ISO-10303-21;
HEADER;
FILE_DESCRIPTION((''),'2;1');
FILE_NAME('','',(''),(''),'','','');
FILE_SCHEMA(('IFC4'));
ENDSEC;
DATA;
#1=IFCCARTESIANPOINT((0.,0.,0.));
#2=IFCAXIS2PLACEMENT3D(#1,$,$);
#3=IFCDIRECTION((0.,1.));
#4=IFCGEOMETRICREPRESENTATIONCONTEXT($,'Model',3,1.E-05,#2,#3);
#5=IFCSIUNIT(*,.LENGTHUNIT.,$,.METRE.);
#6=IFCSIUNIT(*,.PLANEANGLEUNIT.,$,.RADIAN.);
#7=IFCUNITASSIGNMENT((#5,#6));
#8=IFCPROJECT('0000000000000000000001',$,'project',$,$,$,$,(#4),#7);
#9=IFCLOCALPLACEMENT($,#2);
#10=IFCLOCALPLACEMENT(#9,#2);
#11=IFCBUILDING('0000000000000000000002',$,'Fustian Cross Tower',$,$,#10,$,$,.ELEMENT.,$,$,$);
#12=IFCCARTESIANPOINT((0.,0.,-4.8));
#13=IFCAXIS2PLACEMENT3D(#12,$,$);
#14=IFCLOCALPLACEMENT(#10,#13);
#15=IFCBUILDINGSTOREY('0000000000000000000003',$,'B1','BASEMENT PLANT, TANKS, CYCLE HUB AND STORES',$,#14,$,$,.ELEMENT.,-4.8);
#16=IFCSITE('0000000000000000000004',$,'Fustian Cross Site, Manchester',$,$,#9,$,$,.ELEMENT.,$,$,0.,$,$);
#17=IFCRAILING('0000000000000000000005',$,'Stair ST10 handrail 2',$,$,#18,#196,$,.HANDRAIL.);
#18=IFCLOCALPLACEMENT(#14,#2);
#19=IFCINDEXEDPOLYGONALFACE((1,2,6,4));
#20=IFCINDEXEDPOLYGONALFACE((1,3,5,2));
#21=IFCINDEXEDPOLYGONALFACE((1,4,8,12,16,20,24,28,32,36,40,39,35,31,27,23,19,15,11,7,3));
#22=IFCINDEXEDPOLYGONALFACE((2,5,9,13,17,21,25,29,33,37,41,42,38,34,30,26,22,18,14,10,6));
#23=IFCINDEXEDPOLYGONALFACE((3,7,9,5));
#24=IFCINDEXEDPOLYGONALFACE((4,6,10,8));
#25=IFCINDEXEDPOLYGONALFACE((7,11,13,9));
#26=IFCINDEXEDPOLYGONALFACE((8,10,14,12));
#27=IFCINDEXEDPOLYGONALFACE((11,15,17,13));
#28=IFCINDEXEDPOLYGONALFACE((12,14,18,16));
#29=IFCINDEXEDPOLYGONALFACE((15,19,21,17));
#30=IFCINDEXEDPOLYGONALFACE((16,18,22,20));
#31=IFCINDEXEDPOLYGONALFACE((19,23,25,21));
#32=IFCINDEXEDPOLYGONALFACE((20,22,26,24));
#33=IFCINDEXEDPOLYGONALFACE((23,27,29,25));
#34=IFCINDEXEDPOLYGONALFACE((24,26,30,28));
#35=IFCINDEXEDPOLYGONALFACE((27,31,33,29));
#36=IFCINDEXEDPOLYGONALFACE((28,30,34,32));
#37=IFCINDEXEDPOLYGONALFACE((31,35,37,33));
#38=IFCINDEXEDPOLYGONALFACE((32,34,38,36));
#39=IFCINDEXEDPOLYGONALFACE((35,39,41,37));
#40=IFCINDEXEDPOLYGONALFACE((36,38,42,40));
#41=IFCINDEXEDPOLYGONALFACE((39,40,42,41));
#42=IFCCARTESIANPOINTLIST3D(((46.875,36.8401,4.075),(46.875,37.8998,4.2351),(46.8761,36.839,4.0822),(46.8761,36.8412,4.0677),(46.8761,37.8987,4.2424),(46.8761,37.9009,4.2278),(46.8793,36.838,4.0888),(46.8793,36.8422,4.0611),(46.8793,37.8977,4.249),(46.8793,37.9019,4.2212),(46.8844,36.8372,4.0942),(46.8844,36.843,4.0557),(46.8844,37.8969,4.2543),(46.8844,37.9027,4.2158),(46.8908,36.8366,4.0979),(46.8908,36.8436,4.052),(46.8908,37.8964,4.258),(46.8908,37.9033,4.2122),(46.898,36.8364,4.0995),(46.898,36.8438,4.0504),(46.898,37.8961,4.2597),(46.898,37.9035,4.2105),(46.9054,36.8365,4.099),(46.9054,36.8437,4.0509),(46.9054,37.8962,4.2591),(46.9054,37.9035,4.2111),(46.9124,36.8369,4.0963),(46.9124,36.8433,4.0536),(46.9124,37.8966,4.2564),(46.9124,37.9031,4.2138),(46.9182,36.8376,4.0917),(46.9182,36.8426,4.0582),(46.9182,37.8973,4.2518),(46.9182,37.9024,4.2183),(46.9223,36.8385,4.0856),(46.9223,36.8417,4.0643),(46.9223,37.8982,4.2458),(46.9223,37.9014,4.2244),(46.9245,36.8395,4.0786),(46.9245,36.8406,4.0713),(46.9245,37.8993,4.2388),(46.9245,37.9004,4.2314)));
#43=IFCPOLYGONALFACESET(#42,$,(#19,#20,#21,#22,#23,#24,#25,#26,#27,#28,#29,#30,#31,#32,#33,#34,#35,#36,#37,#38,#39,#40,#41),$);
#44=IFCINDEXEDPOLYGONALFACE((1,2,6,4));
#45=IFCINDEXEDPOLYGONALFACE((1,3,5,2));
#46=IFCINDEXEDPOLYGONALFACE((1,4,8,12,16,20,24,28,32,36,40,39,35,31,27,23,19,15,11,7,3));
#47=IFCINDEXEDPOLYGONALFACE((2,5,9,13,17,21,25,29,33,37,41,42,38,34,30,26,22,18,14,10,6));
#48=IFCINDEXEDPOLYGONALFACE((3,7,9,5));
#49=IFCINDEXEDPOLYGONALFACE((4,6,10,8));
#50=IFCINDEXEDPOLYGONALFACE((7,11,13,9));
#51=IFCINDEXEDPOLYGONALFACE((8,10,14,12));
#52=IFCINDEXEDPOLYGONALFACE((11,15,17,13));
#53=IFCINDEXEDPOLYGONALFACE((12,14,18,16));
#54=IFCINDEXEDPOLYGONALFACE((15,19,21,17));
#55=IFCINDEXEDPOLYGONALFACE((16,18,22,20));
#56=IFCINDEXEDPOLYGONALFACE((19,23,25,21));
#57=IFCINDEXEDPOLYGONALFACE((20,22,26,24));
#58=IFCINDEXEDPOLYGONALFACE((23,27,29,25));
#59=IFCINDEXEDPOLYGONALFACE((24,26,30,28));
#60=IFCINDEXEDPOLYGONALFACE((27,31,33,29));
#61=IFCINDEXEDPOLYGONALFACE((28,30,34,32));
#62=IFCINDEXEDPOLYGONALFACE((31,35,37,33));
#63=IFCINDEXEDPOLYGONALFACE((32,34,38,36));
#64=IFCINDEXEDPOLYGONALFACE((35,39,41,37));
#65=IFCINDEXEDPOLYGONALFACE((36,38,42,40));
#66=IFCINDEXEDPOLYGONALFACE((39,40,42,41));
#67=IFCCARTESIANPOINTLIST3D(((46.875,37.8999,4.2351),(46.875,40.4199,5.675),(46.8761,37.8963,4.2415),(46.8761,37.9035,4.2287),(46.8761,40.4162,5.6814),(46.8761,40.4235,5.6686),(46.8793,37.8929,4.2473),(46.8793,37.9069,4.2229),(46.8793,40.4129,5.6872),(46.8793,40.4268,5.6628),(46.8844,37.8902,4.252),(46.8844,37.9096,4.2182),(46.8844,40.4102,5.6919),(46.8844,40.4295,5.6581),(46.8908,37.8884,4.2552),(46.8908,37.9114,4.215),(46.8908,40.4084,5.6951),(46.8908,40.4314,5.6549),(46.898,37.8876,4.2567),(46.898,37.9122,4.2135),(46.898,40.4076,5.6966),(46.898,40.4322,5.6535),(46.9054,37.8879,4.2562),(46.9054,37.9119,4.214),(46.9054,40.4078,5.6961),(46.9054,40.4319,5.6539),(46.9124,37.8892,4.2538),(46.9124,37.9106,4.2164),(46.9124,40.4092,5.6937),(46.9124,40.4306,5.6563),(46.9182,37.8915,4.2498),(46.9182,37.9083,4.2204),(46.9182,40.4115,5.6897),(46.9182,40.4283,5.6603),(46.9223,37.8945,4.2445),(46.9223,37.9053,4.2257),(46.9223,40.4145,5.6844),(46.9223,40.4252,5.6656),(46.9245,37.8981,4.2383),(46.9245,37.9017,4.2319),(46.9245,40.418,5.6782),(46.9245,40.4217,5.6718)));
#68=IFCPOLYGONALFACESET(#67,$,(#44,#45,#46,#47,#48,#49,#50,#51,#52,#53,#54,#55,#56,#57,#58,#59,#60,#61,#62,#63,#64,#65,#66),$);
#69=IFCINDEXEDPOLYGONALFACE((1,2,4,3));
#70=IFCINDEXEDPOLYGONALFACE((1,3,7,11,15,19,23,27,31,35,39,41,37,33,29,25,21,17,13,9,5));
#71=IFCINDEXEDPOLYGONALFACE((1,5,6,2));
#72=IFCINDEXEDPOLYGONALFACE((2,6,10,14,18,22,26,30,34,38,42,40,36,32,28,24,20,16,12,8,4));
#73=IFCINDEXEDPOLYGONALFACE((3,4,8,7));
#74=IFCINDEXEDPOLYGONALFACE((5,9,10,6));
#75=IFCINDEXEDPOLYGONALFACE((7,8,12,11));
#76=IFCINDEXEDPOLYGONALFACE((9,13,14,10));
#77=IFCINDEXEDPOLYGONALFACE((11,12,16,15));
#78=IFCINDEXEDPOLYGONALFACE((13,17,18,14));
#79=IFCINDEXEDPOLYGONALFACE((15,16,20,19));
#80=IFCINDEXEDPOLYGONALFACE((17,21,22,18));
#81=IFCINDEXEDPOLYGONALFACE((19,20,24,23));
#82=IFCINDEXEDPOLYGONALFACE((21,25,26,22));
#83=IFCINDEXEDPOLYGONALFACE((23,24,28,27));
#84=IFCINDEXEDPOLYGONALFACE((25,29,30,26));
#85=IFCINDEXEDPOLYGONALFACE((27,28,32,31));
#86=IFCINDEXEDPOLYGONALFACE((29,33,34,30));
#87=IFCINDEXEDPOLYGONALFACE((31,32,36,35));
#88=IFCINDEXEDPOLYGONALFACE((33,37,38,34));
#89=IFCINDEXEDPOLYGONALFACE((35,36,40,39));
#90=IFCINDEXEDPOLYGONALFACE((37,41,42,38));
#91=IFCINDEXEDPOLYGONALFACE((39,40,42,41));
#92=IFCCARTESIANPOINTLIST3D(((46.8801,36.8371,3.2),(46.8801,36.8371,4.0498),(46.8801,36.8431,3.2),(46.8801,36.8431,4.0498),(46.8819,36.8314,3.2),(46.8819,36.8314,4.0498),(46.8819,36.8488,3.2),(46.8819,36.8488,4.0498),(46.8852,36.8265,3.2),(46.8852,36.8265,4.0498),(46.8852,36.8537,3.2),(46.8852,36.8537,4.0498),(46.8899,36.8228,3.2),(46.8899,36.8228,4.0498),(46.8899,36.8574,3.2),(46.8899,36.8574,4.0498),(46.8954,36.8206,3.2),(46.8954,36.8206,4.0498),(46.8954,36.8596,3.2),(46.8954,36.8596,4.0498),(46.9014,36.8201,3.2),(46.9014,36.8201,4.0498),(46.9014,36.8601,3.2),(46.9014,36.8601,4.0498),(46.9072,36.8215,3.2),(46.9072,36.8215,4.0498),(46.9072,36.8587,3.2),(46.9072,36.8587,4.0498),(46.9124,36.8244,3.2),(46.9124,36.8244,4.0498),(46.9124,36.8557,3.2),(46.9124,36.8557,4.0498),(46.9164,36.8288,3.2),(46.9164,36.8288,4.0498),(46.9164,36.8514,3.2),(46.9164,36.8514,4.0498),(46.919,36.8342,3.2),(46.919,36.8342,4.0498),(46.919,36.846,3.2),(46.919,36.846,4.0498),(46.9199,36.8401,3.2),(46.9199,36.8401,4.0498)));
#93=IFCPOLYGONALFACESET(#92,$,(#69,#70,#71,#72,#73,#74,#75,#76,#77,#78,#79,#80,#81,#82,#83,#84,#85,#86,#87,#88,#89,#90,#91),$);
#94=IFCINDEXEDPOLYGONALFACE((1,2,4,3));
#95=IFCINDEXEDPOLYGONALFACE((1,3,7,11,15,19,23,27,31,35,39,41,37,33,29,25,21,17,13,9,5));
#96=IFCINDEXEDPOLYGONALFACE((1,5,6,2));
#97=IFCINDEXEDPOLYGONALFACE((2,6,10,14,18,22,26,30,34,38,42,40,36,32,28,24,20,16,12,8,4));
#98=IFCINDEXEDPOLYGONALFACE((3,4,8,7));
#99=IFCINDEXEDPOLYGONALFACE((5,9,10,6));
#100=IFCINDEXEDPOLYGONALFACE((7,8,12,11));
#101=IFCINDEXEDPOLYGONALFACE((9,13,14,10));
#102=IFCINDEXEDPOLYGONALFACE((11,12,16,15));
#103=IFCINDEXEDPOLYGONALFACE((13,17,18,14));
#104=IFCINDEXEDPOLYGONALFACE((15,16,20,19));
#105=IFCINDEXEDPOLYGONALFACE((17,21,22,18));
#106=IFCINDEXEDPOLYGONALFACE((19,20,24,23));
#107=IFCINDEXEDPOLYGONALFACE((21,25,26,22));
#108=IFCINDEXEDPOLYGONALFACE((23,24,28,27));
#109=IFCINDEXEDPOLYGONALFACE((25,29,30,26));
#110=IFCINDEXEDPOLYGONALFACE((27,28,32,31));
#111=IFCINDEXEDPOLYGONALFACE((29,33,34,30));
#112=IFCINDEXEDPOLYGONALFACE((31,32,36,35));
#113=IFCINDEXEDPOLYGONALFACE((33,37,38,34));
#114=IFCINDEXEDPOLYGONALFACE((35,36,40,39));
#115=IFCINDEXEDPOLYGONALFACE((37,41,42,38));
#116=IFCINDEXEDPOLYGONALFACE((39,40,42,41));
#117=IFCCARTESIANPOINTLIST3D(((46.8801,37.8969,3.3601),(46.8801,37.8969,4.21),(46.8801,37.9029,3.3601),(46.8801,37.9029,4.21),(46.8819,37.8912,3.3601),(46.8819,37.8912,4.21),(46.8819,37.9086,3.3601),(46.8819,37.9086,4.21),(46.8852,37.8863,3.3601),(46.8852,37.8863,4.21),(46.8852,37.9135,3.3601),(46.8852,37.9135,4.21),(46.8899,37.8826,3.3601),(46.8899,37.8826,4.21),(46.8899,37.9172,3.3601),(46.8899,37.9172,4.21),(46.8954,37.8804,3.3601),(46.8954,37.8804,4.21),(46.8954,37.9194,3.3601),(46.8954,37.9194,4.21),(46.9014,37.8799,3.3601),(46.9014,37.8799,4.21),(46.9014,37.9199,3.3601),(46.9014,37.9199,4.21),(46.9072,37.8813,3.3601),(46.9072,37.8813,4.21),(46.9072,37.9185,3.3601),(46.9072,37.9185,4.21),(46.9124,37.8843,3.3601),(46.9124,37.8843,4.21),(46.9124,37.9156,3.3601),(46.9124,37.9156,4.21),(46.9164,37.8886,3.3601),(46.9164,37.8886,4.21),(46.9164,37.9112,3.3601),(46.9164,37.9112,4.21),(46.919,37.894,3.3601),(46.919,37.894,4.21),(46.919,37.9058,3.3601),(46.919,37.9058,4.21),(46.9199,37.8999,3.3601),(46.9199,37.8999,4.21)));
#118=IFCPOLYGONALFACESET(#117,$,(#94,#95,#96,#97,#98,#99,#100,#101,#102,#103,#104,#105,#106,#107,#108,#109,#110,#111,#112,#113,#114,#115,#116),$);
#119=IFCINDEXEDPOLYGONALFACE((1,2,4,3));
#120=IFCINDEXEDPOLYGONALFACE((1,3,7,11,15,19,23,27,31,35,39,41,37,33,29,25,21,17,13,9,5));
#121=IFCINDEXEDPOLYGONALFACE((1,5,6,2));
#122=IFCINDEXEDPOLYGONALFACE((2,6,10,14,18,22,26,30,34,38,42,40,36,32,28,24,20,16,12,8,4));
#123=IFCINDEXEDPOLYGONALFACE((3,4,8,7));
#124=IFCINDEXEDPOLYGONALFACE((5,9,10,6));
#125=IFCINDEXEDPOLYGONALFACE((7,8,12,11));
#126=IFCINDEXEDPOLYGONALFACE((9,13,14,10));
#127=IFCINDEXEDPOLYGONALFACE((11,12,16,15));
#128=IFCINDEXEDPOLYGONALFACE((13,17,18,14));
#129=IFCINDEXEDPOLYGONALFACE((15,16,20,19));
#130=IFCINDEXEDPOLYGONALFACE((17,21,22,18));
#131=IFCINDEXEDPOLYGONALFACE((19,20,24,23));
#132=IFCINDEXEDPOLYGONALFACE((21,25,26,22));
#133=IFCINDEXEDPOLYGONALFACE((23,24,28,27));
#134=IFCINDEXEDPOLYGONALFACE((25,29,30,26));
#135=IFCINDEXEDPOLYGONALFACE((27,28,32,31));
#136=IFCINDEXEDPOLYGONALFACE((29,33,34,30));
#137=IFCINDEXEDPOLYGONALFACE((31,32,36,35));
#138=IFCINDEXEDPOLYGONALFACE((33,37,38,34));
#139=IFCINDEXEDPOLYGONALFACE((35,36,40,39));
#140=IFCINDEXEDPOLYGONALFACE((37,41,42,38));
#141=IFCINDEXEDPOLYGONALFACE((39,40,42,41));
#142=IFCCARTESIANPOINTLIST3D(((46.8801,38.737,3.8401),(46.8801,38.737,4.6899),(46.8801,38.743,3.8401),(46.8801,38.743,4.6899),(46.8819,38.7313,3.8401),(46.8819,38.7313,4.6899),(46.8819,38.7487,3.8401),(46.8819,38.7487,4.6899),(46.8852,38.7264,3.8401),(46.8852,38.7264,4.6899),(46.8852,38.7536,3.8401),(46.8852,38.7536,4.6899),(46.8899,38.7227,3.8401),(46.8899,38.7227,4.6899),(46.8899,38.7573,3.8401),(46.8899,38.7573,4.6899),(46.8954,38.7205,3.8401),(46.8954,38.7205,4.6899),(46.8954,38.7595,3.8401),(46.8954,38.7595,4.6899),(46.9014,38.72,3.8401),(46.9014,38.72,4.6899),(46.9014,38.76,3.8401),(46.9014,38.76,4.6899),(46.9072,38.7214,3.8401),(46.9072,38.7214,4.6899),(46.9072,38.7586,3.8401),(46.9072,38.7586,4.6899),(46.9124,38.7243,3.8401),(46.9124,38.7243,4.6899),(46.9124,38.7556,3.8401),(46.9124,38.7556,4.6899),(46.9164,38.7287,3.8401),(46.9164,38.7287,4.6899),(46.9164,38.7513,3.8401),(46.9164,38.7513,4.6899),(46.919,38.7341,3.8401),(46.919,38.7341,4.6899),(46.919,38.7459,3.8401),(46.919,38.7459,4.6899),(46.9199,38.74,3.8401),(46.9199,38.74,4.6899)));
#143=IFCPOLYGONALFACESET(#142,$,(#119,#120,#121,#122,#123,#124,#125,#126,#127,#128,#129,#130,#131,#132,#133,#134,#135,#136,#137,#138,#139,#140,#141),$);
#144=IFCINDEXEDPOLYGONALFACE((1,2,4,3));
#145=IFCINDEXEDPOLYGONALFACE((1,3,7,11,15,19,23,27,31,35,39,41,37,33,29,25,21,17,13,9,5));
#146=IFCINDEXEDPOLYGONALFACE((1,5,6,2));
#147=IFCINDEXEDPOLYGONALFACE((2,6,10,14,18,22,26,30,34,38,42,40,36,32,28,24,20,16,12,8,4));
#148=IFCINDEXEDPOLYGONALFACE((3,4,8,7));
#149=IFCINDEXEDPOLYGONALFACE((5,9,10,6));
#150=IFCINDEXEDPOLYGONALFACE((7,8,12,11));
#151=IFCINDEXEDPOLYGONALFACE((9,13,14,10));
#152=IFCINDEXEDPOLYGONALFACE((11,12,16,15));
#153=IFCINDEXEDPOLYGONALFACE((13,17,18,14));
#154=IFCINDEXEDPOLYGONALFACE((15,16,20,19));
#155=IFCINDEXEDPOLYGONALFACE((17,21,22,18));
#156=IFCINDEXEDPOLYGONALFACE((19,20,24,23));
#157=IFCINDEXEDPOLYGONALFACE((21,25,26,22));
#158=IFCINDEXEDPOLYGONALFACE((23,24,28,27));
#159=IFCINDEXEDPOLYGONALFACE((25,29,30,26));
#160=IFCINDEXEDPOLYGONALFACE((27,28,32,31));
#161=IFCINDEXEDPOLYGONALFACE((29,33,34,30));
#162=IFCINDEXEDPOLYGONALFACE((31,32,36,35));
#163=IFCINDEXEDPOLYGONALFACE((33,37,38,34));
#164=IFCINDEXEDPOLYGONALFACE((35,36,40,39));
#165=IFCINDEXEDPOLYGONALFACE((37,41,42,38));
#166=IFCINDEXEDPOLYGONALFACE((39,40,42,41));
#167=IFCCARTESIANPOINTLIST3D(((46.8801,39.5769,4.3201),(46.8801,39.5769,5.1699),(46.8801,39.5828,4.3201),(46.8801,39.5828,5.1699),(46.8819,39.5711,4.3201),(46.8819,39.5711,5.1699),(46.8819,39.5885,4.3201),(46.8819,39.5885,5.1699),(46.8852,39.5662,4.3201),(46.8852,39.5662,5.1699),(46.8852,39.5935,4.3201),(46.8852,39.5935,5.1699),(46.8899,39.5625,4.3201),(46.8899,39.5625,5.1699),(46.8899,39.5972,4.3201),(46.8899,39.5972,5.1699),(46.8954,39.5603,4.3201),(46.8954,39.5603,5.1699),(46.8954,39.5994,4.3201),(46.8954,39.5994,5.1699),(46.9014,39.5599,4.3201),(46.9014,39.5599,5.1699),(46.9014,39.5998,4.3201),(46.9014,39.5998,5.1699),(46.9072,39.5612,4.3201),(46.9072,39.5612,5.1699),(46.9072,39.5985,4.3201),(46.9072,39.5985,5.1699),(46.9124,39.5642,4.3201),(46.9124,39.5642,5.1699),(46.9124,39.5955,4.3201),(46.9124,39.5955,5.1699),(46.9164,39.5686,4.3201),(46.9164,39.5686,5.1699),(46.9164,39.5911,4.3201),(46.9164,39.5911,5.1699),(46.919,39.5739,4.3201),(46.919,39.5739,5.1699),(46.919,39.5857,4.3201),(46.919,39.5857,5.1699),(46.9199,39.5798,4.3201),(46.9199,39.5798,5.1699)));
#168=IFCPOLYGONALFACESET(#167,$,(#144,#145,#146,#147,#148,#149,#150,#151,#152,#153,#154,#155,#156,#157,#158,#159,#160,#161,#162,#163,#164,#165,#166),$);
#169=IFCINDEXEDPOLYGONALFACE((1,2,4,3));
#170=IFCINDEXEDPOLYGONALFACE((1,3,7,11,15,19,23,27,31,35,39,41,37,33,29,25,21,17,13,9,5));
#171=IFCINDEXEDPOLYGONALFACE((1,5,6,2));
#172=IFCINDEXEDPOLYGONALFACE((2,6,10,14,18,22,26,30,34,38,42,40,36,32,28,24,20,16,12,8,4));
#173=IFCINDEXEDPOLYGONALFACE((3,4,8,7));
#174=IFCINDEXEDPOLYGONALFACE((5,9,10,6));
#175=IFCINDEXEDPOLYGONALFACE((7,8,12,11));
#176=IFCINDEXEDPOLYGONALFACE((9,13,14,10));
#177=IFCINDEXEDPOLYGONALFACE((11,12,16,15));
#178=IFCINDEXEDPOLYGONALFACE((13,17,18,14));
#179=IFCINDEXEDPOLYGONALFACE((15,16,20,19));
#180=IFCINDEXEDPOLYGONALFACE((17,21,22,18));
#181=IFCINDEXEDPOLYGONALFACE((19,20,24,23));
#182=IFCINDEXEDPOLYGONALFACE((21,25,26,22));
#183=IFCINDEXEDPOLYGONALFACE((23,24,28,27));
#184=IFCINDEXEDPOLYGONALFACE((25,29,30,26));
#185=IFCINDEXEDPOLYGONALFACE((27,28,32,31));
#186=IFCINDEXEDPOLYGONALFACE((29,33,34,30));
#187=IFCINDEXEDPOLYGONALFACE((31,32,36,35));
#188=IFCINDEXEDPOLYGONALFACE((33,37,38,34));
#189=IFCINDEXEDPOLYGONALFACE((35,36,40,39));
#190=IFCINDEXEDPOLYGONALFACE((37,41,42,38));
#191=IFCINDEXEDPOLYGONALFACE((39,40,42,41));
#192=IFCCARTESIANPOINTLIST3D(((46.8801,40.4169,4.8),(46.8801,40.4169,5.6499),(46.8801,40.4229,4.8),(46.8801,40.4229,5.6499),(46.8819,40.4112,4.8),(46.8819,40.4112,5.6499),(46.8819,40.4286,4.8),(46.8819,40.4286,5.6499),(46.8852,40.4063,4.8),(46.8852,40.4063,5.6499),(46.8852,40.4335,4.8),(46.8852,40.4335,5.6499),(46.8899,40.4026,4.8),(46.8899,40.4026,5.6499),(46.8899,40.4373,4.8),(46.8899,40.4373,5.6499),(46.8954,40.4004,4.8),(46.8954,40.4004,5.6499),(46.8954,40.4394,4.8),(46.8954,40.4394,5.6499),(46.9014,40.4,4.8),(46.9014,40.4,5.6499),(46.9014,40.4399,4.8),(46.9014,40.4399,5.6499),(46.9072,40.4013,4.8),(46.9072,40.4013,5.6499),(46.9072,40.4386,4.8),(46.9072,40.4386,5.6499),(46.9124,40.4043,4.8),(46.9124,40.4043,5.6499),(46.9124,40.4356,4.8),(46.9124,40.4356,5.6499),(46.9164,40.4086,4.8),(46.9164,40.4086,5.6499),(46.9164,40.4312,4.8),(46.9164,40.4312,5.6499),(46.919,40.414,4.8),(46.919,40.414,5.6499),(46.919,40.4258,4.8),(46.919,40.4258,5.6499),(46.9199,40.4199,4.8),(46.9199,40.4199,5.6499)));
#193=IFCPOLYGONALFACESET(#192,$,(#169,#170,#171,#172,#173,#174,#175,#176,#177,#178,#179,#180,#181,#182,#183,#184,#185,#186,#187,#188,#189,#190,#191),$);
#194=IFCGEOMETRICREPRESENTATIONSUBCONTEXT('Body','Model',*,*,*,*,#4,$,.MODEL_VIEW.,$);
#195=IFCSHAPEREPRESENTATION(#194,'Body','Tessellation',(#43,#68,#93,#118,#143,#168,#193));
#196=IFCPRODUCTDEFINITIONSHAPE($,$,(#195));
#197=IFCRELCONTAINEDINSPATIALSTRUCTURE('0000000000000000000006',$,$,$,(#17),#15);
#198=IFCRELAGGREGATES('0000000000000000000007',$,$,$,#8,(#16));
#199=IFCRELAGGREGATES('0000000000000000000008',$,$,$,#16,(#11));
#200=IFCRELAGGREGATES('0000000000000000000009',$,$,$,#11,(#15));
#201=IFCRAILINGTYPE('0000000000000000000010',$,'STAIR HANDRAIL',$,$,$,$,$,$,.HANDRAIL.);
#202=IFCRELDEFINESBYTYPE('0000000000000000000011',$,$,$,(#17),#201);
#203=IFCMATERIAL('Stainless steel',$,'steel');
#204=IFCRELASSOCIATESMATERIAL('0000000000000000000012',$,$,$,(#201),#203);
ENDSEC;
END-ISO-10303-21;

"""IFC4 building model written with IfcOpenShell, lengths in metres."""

from ifc_helpers import new_model, si_unit, direction, frame, origin, origin_2d, place, context, subcontext, project, spatial, circle, extrude, material, type_object, element, save


model = new_model("IFC4")

# Units and contexts
model_context = context("Model", 3, precision=1e-05, world=origin(), true_north=direction((0.0, 1.0)))
body_context = subcontext(model_context, "Body", "Model", "MODEL_VIEW")
ifc_project = project(units=[si_unit("LENGTHUNIT", "METRE"), si_unit("PLANEANGLEUNIT", "RADIAN")], contexts=[model_context])

# Site, building, storey
site_placement = place(None, origin())
site = spatial("IfcSite", under=ifc_project, at=site_placement, Name="Fustian Cross Site, Manchester", CompositionType="ELEMENT", RefElevation=0.0)
building_placement = place(site_placement, origin())
building = spatial("IfcBuilding", under=site, at=building_placement, Name="Fustian Cross Tower", CompositionType="ELEMENT")
storey_placement = place(building_placement, frame((0.0, 0.0, -4.8)))
storey = spatial("IfcBuildingStorey", under=building, at=storey_placement, Name="B1", Description="BASEMENT PLANT, TANKS, CYCLE HUB AND STORES", CompositionType="ELEMENT", Elevation=-4.8)

# Railing
ifc_material_1 = material(Name="Stainless steel", Category="steel")
railing_type = type_object("IfcRailingType", Name="STAIR HANDRAIL", PredefinedType="HANDRAIL", material=ifc_material_1)
railing_1_placement = place(storey_placement, frame((46.8999, 36.8401, 3.2)))
element("IfcRailing", 1, at=railing_1_placement, inside=storey, type_object=railing_type, Name="Stair ST10 handrail 2", PredefinedType="HANDRAIL", context=body_context, shape_type="SweptSolid", body=[
    extrude(circle(Radius=0.0249, at=origin_2d()), frame((0.0, 0.0, 0.875), z_axis=(0.0, 0.988774, 0.149421), x_axis=(-1.0, 0.0, 0.0)), (0.0, 0.0, 1.0), 1.0718),
    extrude(circle(Radius=0.0249, at=origin_2d()), frame((0.0, 1.0598, 1.0352), z_axis=(0.0, 0.868253, 0.496121), x_axis=(-1.0, 0.0, 0.0)), (0.0, 0.0, 1.0), 2.9023),
    extrude(circle(Radius=0.02, at=origin_2d()), origin(), (0.0, 0.0, 1.0), 0.8499),
    extrude(circle(Radius=0.02, at=origin_2d()), frame((0.0, 1.0598, 0.1602)), (0.0, 0.0, 1.0), 0.8499),
    extrude(circle(Radius=0.02, at=origin_2d()), frame((0.0, 1.8999, 0.6401)), (0.0, 0.0, 1.0), 0.8499),
    extrude(circle(Radius=0.02, at=origin_2d()), frame((0.0, 2.7397, 1.1201)), (0.0, 0.0, 1.0), 0.8499),
    extrude(circle(Radius=0.02, at=origin_2d()), frame((0.0, 3.5798, 1.6001)), (0.0, 0.0, 1.0), 0.8499),
])

save(model, "model.ifc")
